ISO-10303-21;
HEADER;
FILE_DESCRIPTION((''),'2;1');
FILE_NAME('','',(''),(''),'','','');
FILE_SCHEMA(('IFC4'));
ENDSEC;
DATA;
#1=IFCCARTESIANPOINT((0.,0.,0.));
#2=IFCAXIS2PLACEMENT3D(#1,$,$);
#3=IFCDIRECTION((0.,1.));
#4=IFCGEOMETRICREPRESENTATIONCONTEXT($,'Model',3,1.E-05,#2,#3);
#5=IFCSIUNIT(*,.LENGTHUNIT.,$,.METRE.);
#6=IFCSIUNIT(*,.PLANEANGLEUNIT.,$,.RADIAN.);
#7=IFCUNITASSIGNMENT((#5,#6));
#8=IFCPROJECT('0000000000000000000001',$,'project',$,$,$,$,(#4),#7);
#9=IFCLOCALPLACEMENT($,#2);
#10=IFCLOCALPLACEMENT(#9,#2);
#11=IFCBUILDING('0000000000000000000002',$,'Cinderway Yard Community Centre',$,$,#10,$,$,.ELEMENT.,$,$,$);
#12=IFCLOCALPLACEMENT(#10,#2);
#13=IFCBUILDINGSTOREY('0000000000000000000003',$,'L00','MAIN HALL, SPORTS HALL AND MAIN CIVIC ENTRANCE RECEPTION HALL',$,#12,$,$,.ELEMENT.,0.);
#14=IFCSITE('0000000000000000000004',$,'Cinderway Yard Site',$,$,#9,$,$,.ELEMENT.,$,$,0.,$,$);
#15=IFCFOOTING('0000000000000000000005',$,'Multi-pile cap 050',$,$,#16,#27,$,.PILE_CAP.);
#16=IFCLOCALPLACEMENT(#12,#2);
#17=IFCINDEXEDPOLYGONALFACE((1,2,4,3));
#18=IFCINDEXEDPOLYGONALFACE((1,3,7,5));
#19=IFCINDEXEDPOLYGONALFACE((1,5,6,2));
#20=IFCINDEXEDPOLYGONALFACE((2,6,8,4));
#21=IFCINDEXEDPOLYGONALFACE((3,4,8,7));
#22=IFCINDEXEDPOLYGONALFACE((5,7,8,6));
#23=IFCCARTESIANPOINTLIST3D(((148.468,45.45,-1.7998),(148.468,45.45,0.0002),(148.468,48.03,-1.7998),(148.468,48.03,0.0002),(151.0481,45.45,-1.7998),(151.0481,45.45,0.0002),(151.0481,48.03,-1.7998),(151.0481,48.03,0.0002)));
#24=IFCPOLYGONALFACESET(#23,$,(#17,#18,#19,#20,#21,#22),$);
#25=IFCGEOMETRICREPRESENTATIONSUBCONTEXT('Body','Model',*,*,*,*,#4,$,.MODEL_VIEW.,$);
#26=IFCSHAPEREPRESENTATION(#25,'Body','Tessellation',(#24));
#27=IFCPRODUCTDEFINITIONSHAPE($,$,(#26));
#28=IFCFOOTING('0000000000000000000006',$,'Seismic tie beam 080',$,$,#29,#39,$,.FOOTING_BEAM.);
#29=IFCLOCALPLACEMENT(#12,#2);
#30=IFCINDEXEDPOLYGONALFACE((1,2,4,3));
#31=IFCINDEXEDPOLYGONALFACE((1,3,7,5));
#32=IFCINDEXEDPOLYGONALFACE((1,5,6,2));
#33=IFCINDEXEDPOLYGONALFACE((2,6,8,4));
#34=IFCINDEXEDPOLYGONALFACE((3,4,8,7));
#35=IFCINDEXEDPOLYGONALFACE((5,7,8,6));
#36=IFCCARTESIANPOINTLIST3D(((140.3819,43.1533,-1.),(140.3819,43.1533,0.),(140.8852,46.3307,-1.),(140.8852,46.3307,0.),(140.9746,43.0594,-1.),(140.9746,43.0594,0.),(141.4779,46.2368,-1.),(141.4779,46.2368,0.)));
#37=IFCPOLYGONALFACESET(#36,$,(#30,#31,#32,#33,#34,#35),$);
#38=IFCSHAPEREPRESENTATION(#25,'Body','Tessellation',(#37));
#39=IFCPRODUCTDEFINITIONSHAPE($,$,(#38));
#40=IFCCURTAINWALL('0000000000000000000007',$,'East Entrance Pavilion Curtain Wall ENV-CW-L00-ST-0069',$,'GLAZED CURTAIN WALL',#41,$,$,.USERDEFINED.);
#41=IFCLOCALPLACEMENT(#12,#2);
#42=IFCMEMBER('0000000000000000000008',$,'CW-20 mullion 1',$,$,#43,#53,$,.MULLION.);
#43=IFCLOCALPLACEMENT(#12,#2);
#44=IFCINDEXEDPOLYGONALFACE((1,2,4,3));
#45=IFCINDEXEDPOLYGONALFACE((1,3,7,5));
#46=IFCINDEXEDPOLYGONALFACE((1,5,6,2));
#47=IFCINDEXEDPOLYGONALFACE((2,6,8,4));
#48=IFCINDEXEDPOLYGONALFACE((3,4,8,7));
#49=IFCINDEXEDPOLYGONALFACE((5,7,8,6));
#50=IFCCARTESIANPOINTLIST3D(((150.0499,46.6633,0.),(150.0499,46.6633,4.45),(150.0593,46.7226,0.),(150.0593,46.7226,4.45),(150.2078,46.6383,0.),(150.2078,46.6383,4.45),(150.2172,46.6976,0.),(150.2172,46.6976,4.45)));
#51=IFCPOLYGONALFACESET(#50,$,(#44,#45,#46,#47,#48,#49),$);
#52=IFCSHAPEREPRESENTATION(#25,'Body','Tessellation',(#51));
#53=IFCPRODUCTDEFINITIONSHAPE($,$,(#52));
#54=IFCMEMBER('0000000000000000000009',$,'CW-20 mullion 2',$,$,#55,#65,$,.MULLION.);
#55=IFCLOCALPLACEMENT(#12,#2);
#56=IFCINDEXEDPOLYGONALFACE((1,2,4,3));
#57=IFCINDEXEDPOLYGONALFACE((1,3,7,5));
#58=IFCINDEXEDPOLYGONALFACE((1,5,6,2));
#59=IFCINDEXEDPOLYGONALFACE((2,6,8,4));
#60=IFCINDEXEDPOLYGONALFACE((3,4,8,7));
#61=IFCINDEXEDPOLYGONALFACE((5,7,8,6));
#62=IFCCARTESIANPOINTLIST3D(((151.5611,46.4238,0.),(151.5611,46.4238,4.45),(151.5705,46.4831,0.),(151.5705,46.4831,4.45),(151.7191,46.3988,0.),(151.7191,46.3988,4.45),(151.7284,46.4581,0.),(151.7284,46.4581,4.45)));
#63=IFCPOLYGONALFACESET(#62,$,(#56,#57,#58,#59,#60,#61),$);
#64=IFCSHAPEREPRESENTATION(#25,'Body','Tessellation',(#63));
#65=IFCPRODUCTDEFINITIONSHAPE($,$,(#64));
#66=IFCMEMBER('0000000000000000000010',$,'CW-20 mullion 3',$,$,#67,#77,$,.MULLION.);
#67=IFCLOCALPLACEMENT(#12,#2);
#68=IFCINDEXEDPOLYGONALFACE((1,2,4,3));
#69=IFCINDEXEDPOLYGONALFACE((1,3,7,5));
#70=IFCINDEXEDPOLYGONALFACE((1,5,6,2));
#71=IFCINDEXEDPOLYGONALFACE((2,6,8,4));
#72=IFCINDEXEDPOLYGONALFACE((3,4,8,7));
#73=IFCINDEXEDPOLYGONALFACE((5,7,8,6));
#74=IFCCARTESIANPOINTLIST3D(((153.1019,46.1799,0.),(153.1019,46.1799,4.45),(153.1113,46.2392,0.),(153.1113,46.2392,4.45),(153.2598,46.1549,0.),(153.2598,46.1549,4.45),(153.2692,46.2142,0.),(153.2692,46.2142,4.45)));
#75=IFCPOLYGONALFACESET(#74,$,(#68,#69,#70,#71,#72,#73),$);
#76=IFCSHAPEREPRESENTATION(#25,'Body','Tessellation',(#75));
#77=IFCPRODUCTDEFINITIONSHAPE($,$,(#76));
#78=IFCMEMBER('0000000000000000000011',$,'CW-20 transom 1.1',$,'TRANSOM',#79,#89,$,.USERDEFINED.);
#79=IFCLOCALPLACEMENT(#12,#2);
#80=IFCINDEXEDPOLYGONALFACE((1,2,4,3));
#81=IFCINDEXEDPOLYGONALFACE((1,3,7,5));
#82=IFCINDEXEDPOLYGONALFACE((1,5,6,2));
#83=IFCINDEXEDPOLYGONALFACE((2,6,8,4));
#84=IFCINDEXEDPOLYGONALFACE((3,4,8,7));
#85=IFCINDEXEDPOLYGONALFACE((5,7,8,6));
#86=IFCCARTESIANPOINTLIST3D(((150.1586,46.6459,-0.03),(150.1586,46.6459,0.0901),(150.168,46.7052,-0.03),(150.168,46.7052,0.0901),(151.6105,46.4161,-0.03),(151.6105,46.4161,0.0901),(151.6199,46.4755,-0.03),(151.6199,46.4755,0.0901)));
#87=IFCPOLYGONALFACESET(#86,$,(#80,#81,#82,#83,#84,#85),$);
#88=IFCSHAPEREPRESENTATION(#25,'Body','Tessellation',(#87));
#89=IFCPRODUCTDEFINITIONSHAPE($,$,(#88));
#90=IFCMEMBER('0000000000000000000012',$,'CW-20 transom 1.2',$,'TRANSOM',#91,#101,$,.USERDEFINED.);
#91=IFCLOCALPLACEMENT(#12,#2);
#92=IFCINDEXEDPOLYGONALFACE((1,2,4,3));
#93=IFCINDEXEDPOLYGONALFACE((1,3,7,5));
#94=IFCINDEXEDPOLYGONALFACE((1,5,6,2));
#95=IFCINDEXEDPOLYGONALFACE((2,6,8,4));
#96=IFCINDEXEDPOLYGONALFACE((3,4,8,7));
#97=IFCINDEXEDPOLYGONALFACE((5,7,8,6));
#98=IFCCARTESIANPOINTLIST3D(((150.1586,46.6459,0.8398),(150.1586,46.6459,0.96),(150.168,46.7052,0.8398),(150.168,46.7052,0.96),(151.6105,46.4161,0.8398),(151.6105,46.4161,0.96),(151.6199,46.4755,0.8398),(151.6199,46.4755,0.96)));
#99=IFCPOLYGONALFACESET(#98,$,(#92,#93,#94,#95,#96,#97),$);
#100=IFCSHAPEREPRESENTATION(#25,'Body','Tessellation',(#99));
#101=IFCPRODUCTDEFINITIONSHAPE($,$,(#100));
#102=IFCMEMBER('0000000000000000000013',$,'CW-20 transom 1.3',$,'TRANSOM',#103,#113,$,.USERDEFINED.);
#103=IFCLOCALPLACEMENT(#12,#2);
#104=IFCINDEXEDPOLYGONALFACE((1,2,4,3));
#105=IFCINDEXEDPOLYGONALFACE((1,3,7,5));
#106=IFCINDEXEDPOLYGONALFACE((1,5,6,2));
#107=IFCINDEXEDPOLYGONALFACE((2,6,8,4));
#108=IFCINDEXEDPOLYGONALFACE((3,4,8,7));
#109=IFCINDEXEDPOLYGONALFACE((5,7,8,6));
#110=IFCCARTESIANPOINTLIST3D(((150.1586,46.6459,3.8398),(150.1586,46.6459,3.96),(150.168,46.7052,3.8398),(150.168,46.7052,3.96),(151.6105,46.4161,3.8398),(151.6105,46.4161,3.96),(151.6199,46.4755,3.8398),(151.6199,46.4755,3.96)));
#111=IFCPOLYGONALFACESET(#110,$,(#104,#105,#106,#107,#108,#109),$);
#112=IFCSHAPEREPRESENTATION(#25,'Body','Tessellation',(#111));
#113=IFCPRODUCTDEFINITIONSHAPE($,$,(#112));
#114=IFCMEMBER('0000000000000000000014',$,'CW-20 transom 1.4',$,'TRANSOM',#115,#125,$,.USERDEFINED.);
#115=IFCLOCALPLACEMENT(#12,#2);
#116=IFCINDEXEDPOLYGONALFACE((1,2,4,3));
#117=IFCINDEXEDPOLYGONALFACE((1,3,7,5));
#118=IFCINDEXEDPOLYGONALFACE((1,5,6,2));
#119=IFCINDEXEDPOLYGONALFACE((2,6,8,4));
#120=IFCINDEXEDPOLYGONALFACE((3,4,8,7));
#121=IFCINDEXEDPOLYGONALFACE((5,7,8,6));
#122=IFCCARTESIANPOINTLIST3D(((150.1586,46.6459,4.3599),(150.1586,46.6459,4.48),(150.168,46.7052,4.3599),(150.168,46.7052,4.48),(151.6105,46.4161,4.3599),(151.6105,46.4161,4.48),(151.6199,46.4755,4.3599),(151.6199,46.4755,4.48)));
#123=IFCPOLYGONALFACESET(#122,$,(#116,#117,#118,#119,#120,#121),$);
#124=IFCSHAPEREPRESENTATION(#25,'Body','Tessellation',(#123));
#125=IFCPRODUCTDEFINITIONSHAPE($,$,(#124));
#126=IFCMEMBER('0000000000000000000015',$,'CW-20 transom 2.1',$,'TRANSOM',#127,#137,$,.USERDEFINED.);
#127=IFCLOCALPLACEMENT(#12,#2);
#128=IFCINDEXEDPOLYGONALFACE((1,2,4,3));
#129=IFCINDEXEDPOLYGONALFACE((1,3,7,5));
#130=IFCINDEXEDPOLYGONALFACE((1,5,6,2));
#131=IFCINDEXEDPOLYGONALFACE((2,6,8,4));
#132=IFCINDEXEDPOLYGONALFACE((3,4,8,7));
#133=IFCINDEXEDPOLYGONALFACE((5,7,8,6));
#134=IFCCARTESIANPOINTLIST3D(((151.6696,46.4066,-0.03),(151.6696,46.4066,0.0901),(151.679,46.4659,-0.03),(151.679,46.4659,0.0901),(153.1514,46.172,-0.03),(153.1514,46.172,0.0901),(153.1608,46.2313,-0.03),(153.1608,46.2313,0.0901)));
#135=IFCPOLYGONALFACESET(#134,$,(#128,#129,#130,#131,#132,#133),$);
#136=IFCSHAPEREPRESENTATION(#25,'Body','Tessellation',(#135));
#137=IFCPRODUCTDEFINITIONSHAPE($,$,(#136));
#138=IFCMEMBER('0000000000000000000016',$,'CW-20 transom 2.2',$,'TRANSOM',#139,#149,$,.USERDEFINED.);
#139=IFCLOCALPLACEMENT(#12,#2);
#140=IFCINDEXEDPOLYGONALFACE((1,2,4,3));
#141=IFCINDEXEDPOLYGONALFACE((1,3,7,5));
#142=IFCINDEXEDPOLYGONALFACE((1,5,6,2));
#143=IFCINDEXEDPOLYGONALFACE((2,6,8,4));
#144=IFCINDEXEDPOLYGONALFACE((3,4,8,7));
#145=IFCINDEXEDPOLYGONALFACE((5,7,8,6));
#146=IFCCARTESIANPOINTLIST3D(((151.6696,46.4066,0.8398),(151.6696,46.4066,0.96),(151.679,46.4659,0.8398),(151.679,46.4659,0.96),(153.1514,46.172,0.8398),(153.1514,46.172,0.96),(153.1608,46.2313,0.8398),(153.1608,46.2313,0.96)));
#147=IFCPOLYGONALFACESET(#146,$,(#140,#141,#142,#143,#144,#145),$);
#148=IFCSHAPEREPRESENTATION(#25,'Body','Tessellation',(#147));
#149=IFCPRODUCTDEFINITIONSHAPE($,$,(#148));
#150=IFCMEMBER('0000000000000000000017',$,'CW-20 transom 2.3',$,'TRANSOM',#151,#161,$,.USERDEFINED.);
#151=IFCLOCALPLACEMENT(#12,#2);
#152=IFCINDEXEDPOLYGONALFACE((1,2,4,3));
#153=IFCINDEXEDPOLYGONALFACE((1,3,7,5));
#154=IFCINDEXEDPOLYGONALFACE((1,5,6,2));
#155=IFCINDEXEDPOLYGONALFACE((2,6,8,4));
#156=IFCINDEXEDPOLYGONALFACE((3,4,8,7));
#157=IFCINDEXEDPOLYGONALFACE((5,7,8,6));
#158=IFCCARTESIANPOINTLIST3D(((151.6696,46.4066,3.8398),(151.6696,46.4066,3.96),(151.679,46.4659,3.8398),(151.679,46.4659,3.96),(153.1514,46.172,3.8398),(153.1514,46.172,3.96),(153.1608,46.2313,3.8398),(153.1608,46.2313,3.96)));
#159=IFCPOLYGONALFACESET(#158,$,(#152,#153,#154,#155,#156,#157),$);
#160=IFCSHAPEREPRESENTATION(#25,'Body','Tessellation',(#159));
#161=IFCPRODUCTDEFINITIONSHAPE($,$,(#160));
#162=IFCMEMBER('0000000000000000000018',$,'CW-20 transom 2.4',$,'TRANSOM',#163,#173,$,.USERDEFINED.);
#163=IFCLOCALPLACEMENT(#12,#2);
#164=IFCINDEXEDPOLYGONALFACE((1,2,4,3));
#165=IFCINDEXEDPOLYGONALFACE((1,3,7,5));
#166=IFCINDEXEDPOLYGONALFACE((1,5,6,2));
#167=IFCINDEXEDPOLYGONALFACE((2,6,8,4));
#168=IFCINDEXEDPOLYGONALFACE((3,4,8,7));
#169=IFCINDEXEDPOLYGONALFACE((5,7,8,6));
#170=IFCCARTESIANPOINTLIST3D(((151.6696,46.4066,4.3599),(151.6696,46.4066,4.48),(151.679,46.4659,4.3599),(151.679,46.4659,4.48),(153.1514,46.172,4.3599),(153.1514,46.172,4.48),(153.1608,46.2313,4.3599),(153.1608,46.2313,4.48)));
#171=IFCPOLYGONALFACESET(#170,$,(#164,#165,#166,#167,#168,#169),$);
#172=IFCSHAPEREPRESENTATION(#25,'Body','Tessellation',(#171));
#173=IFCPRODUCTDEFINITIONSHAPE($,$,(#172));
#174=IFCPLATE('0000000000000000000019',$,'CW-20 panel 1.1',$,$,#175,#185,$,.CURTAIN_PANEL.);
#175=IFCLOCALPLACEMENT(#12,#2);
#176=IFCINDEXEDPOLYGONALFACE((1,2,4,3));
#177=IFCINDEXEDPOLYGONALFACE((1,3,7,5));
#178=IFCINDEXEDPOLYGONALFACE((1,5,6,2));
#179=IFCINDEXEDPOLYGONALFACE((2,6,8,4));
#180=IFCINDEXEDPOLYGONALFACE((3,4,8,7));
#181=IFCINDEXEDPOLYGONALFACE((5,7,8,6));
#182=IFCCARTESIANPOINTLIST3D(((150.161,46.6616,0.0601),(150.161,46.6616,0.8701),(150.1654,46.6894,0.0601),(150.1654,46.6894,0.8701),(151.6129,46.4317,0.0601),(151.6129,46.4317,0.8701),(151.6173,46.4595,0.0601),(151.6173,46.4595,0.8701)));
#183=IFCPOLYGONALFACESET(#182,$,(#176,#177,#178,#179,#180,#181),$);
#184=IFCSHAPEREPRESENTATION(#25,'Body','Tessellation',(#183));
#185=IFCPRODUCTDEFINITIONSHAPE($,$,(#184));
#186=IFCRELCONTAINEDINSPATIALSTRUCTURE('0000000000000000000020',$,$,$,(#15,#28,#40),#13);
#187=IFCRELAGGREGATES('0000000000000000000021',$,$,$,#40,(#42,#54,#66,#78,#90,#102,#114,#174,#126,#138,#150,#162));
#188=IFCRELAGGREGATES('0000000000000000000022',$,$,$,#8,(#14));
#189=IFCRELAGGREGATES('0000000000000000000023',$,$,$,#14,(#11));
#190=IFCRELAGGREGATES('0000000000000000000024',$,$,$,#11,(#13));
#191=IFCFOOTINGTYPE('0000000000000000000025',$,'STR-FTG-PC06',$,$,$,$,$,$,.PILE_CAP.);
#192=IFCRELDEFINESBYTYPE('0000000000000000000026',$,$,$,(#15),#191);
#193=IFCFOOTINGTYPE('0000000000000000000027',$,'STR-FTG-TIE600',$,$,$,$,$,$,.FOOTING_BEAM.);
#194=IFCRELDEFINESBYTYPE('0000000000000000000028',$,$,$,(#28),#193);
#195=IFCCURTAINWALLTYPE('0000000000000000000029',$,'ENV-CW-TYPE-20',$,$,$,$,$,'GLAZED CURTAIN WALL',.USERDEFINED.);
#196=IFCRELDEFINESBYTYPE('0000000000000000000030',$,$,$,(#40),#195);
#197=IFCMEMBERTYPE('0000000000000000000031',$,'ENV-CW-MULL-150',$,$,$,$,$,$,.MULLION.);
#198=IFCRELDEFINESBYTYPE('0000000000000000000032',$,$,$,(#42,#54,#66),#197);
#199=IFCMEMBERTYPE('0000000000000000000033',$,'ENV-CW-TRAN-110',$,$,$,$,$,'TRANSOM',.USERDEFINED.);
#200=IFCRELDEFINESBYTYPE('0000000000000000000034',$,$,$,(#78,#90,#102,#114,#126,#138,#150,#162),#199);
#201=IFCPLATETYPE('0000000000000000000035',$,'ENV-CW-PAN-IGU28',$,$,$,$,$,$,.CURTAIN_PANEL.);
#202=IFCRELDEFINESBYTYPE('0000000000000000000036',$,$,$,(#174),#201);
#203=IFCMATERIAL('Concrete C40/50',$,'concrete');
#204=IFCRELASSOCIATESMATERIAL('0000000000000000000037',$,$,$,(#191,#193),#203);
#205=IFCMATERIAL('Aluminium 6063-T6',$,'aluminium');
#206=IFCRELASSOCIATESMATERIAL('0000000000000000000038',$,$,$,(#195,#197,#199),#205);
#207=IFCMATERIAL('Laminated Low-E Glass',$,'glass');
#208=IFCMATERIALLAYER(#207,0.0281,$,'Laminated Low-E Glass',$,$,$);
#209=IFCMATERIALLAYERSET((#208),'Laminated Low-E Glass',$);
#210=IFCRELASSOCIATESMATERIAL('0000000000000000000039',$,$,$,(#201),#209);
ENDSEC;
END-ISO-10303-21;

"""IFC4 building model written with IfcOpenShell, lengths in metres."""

from ifc_helpers import new_model, si_unit, direction, frame, origin, origin_2d, place, context, subcontext, project, spatial, rectangle, extrude, material, layer, layer_set, material_profile, profile_set, type_object, element, aggregate, save


model = new_model("IFC4")

# Units and contexts
model_context = context("Model", 3, precision=1e-05, world=origin(), true_north=direction((0.0, 1.0)))
body_context = subcontext(model_context, "Body", "Model", "MODEL_VIEW")
ifc_project = project(units=[si_unit("LENGTHUNIT", "METRE"), si_unit("PLANEANGLEUNIT", "RADIAN")], contexts=[model_context])

# Site, building, storey
site_placement = place(None, origin())
site = spatial("IfcSite", under=ifc_project, at=site_placement, Name="Cinderway Yard Site", CompositionType="ELEMENT", RefElevation=0.0)
building_placement = place(site_placement, origin())
building = spatial("IfcBuilding", under=site, at=building_placement, Name="Cinderway Yard Community Centre", CompositionType="ELEMENT")
storey_placement = place(building_placement, origin())
storey = spatial("IfcBuildingStorey", under=building, at=storey_placement, Name="L00", Description="MAIN HALL, SPORTS HALL AND MAIN CIVIC ENTRANCE RECEPTION HALL", CompositionType="ELEMENT", Elevation=0.0)

# Footings
ifc_material_1 = material(Name="Concrete C40/50", Category="concrete")
footing_type_1 = type_object("IfcFootingType", Name="STR-FTG-PC06", PredefinedType="PILE_CAP", material=ifc_material_1)
footing_1_placement = place(storey_placement, frame((149.7581, 46.74, -1.7998), z_axis=(0.0, 0.0, 1.0), x_axis=(1.0, 0.0, 0.0)))
element("IfcFooting", 1, at=footing_1_placement, inside=storey, type_object=footing_type_1, Name="Multi-pile cap 050", PredefinedType="PILE_CAP", context=body_context, shape_type="SweptSolid", body=[
    extrude(rectangle(XDim=2.5801, YDim=2.5801, at=origin_2d()), origin(), (0.0, 0.0, 1.0), 1.8),
])
footing_type_2 = type_object("IfcFootingType", Name="STR-FTG-TIE600", PredefinedType="FOOTING_BEAM", material=ifc_material_1)
footing_2_placement = place(storey_placement, frame((140.9299, 44.6951, -1.0), z_axis=(0.0, 0.0, 1.0), x_axis=(0.156452, 0.987686, 0.0)))
element("IfcFooting", 2, at=footing_2_placement, inside=storey, type_object=footing_type_2, Name="Seismic tie beam 080", PredefinedType="FOOTING_BEAM", context=body_context, shape_type="SweptSolid", body=[
    extrude(rectangle(XDim=3.217, YDim=0.6001, at=origin_2d()), origin(), (0.0, 0.0, 1.0), 1.0),
])

# Curtain wall, members, plate
ifc_material_2 = material(Name="Aluminium 6063-T6", Category="aluminium")
curtain_wall_type = type_object("IfcCurtainWallType", Name="ENV-CW-TYPE-20", ElementType="GLAZED CURTAIN WALL", PredefinedType="USERDEFINED", material=ifc_material_2)
curtain_wall_placement = place(storey_placement, origin())
curtain_wall = element("IfcCurtainWall", 3, at=curtain_wall_placement, inside=storey, type_object=curtain_wall_type, Name="East Entrance Pavilion Curtain Wall ENV-CW-L00-ST-0069", ObjectType="GLAZED CURTAIN WALL", PredefinedType="USERDEFINED")
ifc_material_profile_1 = material_profile(ifc_material_2, rectangle(XDim=0.0601, YDim=0.1599, at=origin_2d()), Name="Aluminium 6063-T6")
ifc_profile_set_1 = profile_set([ifc_material_profile_1], Name="Aluminium 6063-T6")
member_type_1 = type_object("IfcMemberType", Name="ENV-CW-MULL-150", PredefinedType="MULLION", material=ifc_profile_set_1)
member_1_placement = place(storey_placement, frame((150.1335, 46.6804, 0.0), z_axis=(0.0, 0.0, 1.0), x_axis=(0.15641, 0.987692, 0.0)))
member_1 = element("IfcMember", 4, at=member_1_placement, type_object=member_type_1, Name="CW-20 mullion 1", PredefinedType="MULLION", context=body_context, shape_type="SweptSolid", body=[
    extrude(rectangle(XDim=0.0601, YDim=0.1599, at=origin_2d()), origin(), (0.0, 0.0, 1.0), 4.45),
])
member_2_placement = place(storey_placement, frame((151.6448, 46.4409, 0.0), z_axis=(0.0, 0.0, 1.0), x_axis=(0.15641, 0.987692, 0.0)))
member_2 = element("IfcMember", 5, at=member_2_placement, type_object=member_type_1, Name="CW-20 mullion 2", PredefinedType="MULLION", context=body_context, shape_type="SweptSolid", body=[
    extrude(rectangle(XDim=0.0601, YDim=0.1599, at=origin_2d()), origin(), (0.0, 0.0, 1.0), 4.45),
])
member_3_placement = place(storey_placement, frame((153.1855, 46.197, 0.0), z_axis=(0.0, 0.0, 1.0), x_axis=(0.15641, 0.987692, 0.0)))
member_3 = element("IfcMember", 6, at=member_3_placement, type_object=member_type_1, Name="CW-20 mullion 3", PredefinedType="MULLION", context=body_context, shape_type="SweptSolid", body=[
    extrude(rectangle(XDim=0.0601, YDim=0.1599, at=origin_2d()), origin(), (0.0, 0.0, 1.0), 4.45),
])
ifc_material_profile_2 = material_profile(ifc_material_2, rectangle(XDim=0.0601, YDim=0.1201, at=origin_2d()), Name="Aluminium 6063-T6")
ifc_profile_set_2 = profile_set([ifc_material_profile_2], Name="Aluminium 6063-T6")
member_type_2 = type_object("IfcMemberType", Name="ENV-CW-TRAN-110", ElementType="TRANSOM", PredefinedType="USERDEFINED", material=ifc_profile_set_2)
member_4_placement = place(storey_placement, frame((150.1633, 46.6755, 0.03), z_axis=(0.987712, -0.156287, 0.0), x_axis=(0.156287, 0.987712, 0.0)))
member_4 = element("IfcMember", 7, at=member_4_placement, type_object=member_type_2, Name="CW-20 transom 1.1", ObjectType="TRANSOM", PredefinedType="USERDEFINED", context=body_context, shape_type="SweptSolid", body=[
    extrude(rectangle(XDim=0.0601, YDim=0.1201, at=origin_2d()), origin(), (0.0, 0.0, 1.0), 1.47),
])
member_5_placement = place(storey_placement, frame((150.1633, 46.6755, 0.8999), z_axis=(0.987712, -0.156287, 0.0), x_axis=(0.156287, 0.987712, 0.0)))
member_5 = element("IfcMember", 8, at=member_5_placement, type_object=member_type_2, Name="CW-20 transom 1.2", ObjectType="TRANSOM", PredefinedType="USERDEFINED", context=body_context, shape_type="SweptSolid", body=[
    extrude(rectangle(XDim=0.0601, YDim=0.1201, at=origin_2d()), origin(), (0.0, 0.0, 1.0), 1.47),
])
member_6_placement = place(storey_placement, frame((150.1633, 46.6755, 3.8999), z_axis=(0.987712, -0.156287, 0.0), x_axis=(0.156287, 0.987712, 0.0)))
member_6 = element("IfcMember", 9, at=member_6_placement, type_object=member_type_2, Name="CW-20 transom 1.3", ObjectType="TRANSOM", PredefinedType="USERDEFINED", context=body_context, shape_type="SweptSolid", body=[
    extrude(rectangle(XDim=0.0601, YDim=0.1201, at=origin_2d()), origin(), (0.0, 0.0, 1.0), 1.47),
])
member_7_placement = place(storey_placement, frame((150.1633, 46.6755, 4.4199), z_axis=(0.987712, -0.156287, 0.0), x_axis=(0.156287, 0.987712, 0.0)))
member_7 = element("IfcMember", 10, at=member_7_placement, type_object=member_type_2, Name="CW-20 transom 1.4", ObjectType="TRANSOM", PredefinedType="USERDEFINED", context=body_context, shape_type="SweptSolid", body=[
    extrude(rectangle(XDim=0.0601, YDim=0.1201, at=origin_2d()), origin(), (0.0, 0.0, 1.0), 1.47),
])
member_8_placement = place(storey_placement, frame((151.6743, 46.4363, 0.03), z_axis=(0.987694, -0.156397, 0.0), x_axis=(0.156397, 0.987694, 0.0)))
member_8 = element("IfcMember", 11, at=member_8_placement, type_object=member_type_2, Name="CW-20 transom 2.1", ObjectType="TRANSOM", PredefinedType="USERDEFINED", context=body_context, shape_type="SweptSolid", body=[
    extrude(rectangle(XDim=0.0601, YDim=0.1201, at=origin_2d()), origin(), (0.0, 0.0, 1.0), 1.5002),
])
member_9_placement = place(storey_placement, frame((151.6743, 46.4363, 0.8999), z_axis=(0.987694, -0.156397, 0.0), x_axis=(0.156397, 0.987694, 0.0)))
member_9 = element("IfcMember", 12, at=member_9_placement, type_object=member_type_2, Name="CW-20 transom 2.2", ObjectType="TRANSOM", PredefinedType="USERDEFINED", context=body_context, shape_type="SweptSolid", body=[
    extrude(rectangle(XDim=0.0601, YDim=0.1201, at=origin_2d()), origin(), (0.0, 0.0, 1.0), 1.5002),
])
member_10_placement = place(storey_placement, frame((151.6743, 46.4363, 3.8999), z_axis=(0.987694, -0.156397, 0.0), x_axis=(0.156397, 0.987694, 0.0)))
member_10 = element("IfcMember", 13, at=member_10_placement, type_object=member_type_2, Name="CW-20 transom 2.3", ObjectType="TRANSOM", PredefinedType="USERDEFINED", context=body_context, shape_type="SweptSolid", body=[
    extrude(rectangle(XDim=0.0601, YDim=0.1201, at=origin_2d()), origin(), (0.0, 0.0, 1.0), 1.5002),
])
member_11_placement = place(storey_placement, frame((151.6743, 46.4363, 4.4199), z_axis=(0.987694, -0.156397, 0.0), x_axis=(0.156397, 0.987694, 0.0)))
member_11 = element("IfcMember", 14, at=member_11_placement, type_object=member_type_2, Name="CW-20 transom 2.4", ObjectType="TRANSOM", PredefinedType="USERDEFINED", context=body_context, shape_type="SweptSolid", body=[
    extrude(rectangle(XDim=0.0601, YDim=0.1201, at=origin_2d()), origin(), (0.0, 0.0, 1.0), 1.5002),
])
ifc_material_3 = material(Name="Laminated Low-E Glass", Category="glass")
ifc_layer_1 = layer(ifc_material_3, 0.0281, Name="Laminated Low-E Glass")
ifc_layer_set_1 = layer_set([ifc_layer_1], Name="Laminated Low-E Glass")
plate_type = type_object("IfcPlateType", Name="ENV-CW-PAN-IGU28", PredefinedType="CURTAIN_PANEL", material=ifc_layer_set_1)
plate_1_placement = place(storey_placement, frame((150.8892, 46.5605, 0.0601), z_axis=(0.0, 0.0, 1.0), x_axis=(0.987692, -0.15641, 0.0)))
plate_1 = element("IfcPlate", 15, at=plate_1_placement, type_object=plate_type, Name="CW-20 panel 1.1", PredefinedType="CURTAIN_PANEL", context=body_context, shape_type="SweptSolid", body=[
    extrude(rectangle(XDim=1.47, YDim=0.0281, at=origin_2d()), origin(), (0.0, 0.0, 1.0), 0.8101),
])
aggregate(curtain_wall, [member_1, member_2, member_3, member_4, member_5, member_6, member_7, plate_1, member_8, member_9, member_10, member_11])

save(model, "model.ifc")
